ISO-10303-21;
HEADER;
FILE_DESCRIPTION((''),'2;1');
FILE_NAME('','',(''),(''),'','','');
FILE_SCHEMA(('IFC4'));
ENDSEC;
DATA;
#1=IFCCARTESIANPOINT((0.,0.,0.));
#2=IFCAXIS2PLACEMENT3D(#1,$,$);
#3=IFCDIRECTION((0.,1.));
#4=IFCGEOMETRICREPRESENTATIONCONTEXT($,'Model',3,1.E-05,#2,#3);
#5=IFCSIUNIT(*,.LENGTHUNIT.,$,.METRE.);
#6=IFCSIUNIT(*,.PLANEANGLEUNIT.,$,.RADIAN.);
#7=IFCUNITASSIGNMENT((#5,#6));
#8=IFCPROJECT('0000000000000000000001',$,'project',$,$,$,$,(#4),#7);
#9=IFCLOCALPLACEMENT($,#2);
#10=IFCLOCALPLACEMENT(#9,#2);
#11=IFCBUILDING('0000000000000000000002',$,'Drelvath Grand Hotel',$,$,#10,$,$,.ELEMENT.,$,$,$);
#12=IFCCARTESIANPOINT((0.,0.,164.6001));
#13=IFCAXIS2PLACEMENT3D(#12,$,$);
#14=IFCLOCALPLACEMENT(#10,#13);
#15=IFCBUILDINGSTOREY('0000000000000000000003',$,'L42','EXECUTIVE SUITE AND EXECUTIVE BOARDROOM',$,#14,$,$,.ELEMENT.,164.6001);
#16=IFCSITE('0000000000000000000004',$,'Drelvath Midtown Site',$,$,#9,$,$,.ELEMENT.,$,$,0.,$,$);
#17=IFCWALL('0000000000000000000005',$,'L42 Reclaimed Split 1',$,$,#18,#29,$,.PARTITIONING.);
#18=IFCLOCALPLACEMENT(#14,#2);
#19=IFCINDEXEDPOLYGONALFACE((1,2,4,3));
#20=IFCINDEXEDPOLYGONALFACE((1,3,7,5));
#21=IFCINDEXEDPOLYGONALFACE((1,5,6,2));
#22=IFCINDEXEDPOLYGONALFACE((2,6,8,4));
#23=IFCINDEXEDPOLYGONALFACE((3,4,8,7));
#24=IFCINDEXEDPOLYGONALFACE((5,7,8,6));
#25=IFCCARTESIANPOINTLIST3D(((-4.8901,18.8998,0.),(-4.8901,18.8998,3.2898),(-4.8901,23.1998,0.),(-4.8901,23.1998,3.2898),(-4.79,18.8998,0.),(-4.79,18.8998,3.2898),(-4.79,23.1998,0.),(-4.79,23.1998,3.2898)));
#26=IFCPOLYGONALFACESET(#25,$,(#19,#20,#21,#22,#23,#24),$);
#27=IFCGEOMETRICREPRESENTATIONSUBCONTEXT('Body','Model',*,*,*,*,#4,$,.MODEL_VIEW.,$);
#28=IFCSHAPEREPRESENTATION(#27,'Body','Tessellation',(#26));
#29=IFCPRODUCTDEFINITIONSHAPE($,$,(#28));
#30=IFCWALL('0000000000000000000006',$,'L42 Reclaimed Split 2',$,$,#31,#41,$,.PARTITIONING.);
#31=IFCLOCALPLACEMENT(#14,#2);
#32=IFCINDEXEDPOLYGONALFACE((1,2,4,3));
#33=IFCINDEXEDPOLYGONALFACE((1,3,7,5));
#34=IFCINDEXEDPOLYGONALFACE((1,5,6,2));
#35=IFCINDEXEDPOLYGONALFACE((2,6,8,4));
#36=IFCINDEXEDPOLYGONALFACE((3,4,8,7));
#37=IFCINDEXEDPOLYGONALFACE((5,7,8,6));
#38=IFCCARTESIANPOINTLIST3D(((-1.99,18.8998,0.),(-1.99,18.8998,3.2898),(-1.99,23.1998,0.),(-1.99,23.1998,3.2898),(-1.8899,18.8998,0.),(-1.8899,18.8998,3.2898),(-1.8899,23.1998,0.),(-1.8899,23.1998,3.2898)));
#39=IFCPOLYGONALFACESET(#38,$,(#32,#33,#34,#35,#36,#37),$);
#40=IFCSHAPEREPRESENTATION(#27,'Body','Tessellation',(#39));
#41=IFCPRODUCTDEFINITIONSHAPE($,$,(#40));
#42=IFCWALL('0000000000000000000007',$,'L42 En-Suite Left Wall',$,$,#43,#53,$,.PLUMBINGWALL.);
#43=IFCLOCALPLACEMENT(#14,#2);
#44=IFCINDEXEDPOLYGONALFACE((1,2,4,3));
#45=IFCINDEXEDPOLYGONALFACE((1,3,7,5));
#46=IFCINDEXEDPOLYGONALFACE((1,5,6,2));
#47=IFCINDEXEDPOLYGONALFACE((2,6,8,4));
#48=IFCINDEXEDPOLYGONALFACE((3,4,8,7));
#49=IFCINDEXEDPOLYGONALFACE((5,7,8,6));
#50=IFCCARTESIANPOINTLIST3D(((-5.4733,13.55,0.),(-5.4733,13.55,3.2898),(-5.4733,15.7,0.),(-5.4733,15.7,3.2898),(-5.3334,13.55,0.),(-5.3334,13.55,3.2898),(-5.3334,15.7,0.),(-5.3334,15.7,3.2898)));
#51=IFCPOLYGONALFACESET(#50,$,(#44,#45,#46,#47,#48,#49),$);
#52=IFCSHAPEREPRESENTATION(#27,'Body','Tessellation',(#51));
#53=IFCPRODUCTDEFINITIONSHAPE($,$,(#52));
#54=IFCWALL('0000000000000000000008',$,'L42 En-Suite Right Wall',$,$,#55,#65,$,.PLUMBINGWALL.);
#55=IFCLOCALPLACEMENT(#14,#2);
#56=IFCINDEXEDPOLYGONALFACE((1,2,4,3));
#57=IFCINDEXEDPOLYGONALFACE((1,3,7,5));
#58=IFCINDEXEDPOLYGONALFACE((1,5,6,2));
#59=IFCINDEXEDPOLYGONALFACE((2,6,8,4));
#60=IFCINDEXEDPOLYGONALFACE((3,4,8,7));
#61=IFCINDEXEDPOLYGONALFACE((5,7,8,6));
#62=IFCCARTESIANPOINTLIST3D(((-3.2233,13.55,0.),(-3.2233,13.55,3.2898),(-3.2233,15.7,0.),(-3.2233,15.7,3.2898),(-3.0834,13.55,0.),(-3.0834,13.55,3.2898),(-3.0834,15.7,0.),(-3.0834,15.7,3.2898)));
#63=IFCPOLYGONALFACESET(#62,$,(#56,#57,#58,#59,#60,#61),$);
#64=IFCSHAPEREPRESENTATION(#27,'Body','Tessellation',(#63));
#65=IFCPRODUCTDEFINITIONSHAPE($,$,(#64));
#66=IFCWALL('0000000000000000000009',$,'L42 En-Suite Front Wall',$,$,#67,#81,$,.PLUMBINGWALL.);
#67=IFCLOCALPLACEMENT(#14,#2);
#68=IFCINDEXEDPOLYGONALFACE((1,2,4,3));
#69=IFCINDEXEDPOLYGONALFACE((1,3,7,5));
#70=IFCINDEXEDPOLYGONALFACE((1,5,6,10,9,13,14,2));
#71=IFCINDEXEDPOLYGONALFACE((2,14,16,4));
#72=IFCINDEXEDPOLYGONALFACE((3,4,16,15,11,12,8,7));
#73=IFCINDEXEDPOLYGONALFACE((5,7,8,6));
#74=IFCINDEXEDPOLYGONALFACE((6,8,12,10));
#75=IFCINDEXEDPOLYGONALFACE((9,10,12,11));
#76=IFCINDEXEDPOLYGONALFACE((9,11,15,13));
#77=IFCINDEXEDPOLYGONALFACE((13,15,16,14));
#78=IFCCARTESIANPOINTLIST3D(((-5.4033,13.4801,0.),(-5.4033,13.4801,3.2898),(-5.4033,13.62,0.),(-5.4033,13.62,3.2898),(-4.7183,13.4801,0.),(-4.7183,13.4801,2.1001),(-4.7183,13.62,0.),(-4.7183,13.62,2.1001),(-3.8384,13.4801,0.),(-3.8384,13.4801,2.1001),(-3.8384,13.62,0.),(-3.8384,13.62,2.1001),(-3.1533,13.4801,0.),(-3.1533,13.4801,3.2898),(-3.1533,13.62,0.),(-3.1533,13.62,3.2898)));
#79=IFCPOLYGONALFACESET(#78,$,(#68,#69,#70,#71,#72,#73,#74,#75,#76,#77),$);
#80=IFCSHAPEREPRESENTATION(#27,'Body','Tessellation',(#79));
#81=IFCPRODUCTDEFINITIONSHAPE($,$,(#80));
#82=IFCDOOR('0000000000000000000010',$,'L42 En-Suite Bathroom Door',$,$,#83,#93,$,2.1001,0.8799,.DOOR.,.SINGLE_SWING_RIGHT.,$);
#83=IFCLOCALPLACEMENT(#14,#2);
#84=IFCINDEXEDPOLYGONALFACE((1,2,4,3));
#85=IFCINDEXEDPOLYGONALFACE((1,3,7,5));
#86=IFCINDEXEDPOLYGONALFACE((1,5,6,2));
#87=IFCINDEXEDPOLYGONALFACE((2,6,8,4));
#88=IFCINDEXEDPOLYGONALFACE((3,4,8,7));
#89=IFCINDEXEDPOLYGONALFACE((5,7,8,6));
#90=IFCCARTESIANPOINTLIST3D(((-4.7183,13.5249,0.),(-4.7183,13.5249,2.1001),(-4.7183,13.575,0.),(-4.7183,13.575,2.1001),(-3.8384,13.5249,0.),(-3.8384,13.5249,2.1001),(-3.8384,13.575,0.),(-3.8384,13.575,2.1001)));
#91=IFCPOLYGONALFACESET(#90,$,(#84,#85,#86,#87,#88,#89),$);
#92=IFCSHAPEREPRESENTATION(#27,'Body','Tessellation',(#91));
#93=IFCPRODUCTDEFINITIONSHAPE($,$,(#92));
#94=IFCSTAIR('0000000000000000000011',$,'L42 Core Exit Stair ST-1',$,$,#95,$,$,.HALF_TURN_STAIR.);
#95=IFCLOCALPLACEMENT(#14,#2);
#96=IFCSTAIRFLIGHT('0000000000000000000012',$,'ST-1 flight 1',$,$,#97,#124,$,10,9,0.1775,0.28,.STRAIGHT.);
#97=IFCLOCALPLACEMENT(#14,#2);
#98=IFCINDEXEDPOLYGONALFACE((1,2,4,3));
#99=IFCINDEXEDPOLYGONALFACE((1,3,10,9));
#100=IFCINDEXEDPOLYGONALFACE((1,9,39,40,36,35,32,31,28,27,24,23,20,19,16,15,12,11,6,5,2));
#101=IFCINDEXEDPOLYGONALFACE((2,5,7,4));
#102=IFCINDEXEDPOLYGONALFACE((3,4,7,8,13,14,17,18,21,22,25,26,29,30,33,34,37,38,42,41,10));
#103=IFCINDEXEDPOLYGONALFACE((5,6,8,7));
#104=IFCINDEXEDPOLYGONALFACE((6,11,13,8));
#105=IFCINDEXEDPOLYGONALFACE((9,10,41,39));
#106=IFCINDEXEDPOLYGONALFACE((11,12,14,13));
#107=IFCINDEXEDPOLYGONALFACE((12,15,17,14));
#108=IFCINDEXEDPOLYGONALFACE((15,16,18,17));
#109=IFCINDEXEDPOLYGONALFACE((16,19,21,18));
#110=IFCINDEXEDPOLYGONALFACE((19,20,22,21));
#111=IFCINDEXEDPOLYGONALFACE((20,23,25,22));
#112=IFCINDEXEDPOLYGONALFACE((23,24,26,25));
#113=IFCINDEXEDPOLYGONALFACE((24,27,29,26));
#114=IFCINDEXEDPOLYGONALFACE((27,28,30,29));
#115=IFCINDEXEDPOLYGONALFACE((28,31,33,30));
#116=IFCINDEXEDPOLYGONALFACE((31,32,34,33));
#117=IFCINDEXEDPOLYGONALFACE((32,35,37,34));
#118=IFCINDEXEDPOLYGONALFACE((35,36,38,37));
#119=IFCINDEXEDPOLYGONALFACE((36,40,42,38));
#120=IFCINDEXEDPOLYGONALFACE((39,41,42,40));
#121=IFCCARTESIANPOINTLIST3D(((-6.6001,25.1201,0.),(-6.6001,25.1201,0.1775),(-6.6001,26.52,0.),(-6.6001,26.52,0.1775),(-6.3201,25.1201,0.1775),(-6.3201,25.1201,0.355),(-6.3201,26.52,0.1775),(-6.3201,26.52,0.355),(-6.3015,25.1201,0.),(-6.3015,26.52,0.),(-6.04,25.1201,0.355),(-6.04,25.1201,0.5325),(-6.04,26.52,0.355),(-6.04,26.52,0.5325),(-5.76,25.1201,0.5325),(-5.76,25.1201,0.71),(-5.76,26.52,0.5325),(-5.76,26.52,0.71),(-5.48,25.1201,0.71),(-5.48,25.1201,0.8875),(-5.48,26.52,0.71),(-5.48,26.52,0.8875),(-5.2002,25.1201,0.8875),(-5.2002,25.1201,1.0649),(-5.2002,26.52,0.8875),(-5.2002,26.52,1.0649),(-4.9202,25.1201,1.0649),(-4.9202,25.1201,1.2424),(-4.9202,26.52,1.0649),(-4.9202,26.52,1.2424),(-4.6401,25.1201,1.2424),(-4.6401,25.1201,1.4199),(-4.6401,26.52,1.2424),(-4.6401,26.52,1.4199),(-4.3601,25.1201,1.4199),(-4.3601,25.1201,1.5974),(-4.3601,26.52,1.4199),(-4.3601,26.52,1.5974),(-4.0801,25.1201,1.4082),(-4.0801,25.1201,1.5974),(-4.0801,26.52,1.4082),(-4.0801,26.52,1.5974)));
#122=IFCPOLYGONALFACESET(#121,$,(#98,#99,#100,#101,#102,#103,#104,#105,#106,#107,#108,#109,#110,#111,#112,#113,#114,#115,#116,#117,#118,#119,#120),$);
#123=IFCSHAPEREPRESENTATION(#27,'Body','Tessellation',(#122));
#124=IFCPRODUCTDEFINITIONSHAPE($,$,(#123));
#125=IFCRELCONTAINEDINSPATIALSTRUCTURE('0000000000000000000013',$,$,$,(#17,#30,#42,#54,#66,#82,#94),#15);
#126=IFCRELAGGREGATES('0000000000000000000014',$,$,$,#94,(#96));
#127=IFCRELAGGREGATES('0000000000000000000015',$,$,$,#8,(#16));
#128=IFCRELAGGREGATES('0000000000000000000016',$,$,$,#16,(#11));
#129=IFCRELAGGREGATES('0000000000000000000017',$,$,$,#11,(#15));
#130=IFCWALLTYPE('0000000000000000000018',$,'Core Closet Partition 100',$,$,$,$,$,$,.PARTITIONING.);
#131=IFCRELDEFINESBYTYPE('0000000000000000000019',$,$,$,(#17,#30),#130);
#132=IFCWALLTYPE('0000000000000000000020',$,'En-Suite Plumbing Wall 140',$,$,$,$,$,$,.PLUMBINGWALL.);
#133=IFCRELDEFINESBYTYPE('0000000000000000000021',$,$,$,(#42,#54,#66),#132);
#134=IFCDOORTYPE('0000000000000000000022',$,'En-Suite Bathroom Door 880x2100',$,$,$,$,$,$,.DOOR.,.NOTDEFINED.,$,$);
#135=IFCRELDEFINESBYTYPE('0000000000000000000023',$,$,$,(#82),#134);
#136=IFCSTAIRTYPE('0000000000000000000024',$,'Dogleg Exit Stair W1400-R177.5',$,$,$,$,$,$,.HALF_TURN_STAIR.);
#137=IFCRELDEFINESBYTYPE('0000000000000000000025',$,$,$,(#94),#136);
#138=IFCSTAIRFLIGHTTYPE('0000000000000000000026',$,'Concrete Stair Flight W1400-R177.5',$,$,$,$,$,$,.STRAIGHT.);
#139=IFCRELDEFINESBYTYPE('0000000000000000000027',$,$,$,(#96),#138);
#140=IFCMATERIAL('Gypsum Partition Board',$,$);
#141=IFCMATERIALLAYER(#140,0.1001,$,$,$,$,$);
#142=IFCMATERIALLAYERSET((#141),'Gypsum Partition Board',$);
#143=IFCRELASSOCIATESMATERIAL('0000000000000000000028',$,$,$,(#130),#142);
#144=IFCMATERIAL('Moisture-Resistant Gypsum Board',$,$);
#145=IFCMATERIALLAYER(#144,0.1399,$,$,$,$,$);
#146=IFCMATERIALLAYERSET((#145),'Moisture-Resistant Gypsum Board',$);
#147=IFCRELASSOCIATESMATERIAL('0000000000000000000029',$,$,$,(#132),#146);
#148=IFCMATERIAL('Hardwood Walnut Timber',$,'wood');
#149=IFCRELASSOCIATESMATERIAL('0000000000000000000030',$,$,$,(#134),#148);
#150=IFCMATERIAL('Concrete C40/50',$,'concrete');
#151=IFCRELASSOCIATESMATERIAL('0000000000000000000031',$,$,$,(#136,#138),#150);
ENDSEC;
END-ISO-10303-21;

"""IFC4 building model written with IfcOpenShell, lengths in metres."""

from ifc_helpers import new_model, si_unit, direction, frame, frame_2d, origin, place, context, subcontext, project, spatial, polyline, rectangle, outline, extrude, material, layer, layer_set, type_object, element, fill, aggregate, save


model = new_model("IFC4")

# Units and contexts
model_context = context("Model", 3, precision=1e-05, world=origin(), true_north=direction((0.0, 1.0)))
body_context = subcontext(model_context, "Body", "Model", "MODEL_VIEW")
ifc_project = project(units=[si_unit("LENGTHUNIT", "METRE"), si_unit("PLANEANGLEUNIT", "RADIAN")], contexts=[model_context])

# Site, building, storey
site_placement = place(None, origin())
site = spatial("IfcSite", under=ifc_project, at=site_placement, Name="Drelvath Midtown Site", CompositionType="ELEMENT", RefElevation=0.0)
building_placement = place(site_placement, origin())
building = spatial("IfcBuilding", under=site, at=building_placement, Name="Drelvath Grand Hotel", CompositionType="ELEMENT")
storey_placement = place(building_placement, frame((0.0, 0.0, 164.6001)))
storey = spatial("IfcBuildingStorey", under=building, at=storey_placement, Name="L42", Description="EXECUTIVE SUITE AND EXECUTIVE BOARDROOM", CompositionType="ELEMENT", Elevation=164.6001)

# Walls
ifc_material_1 = material(Name="Gypsum Partition Board")
ifc_layer_1 = layer(ifc_material_1, 0.1001)
ifc_layer_set_1 = layer_set([ifc_layer_1], Name="Gypsum Partition Board")
wall_type_1 = type_object("IfcWallType", Name="Core Closet Partition 100", PredefinedType="PARTITIONING", material=ifc_layer_set_1)
for number, where, z_axis, x_axis, name in (
    (1, (-4.8401, 18.8999, 0.0), (0.0, 0.0, 1.0), (0.0, 1.0, 0.0), "L42 Reclaimed Split 1"),
    (2, (-1.9399, 18.8999, 0.0), (0.0, 0.0, 1.0), (0.0, 1.0, 0.0), "L42 Reclaimed Split 2"),
):
    element("IfcWall", number, at=place(storey_placement, frame(where, z_axis=z_axis, x_axis=x_axis)), inside=storey, type_object=wall_type_1, Name=name, PredefinedType="PARTITIONING", context=body_context, shape_type="SweptSolid", body=[
        extrude(rectangle(XDim=4.3, YDim=0.1001, at=frame_2d((2.1499, 0.0))), origin(), (0.0, 0.0, 1.0), 3.2898),
    ])
ifc_material_2 = material(Name="Moisture-Resistant Gypsum Board")
ifc_layer_2 = layer(ifc_material_2, 0.1399)
ifc_layer_set_2 = layer_set([ifc_layer_2], Name="Moisture-Resistant Gypsum Board")
wall_type_2 = type_object("IfcWallType", Name="En-Suite Plumbing Wall 140", PredefinedType="PLUMBINGWALL", material=ifc_layer_set_2)
for number, where, z_axis, x_axis, name in (
    (3, (-5.4033, 15.7, 0.0), (0.0, 0.0, 1.0), (0.0, -1.0, 0.0), "L42 En-Suite Left Wall"),
    (4, (-3.1533, 15.7, 0.0), (0.0, 0.0, 1.0), (0.0, -1.0, 0.0), "L42 En-Suite Right Wall"),
):
    element("IfcWall", number, at=place(storey_placement, frame(where, z_axis=z_axis, x_axis=x_axis)), inside=storey, type_object=wall_type_2, Name=name, PredefinedType="PLUMBINGWALL", context=body_context, shape_type="SweptSolid", body=[
        extrude(rectangle(XDim=2.1499, YDim=0.1399, at=frame_2d((1.075, 0.0))), origin(), (0.0, 0.0, 1.0), 3.2898),
    ])

# Wall, opening, door
wall_placement = place(storey_placement, frame((-5.4033, 13.55, 0.0), z_axis=(0.0, 0.0, 1.0), x_axis=(1.0, 0.0, 0.0)))
wall = element("IfcWall", 5, at=wall_placement, inside=storey, type_object=wall_type_2, Name="L42 En-Suite Front Wall", PredefinedType="PLUMBINGWALL", context=body_context, shape_type="SweptSolid", body=[
    extrude(rectangle(XDim=2.25, YDim=0.1399, at=frame_2d((1.125, 0.0))), origin(), (0.0, 0.0, 1.0), 3.2898),
])
opening_placement = place(wall_placement, frame((0.6851, 0.0, 0.0)))
opening = element("IfcOpeningElement", 6, at=opening_placement, cuts=wall, PredefinedType="OPENING", context=body_context, shape_type="SweptSolid", body=[
    extrude(rectangle(XDim=0.8799, YDim=2.1001, at=frame_2d((0.4399, 1.05))), frame((0.0, 0.0798, 0.0), z_axis=(0.0, -1.0, 0.0), x_axis=(1.0, 0.0, 0.0)), (0.0, 0.0, 1.0), 0.1599),
])
ifc_material_3 = material(Name="Hardwood Walnut Timber", Category="wood")
door_type = type_object("IfcDoorType", Name="En-Suite Bathroom Door 880x2100", OperationType="NOTDEFINED", PredefinedType="DOOR", material=ifc_material_3)
door_placement = place(opening_placement, origin())
door = element("IfcDoor", 7, at=door_placement, inside=storey, type_object=door_type, Name="L42 En-Suite Bathroom Door", OperationType="SINGLE_SWING_RIGHT", OverallHeight=2.1001, OverallWidth=0.8799, PredefinedType="DOOR", context=body_context, shape_type="SweptSolid", body=[
    extrude(rectangle(XDim=0.8799, YDim=2.1001, at=frame_2d((0.4399, 1.05))), frame((0.0, 0.0249, 0.0), z_axis=(0.0, -1.0, 0.0), x_axis=(1.0, 0.0, 0.0)), (0.0, 0.0, 1.0), 0.05),
])
fill(opening, door)

# Stair, stair flight
ifc_material_4 = material(Name="Concrete C40/50", Category="concrete")
stair_type = type_object("IfcStairType", Name="Dogleg Exit Stair W1400-R177.5", PredefinedType="HALF_TURN_STAIR", material=ifc_material_4)
stair_placement = place(storey_placement, origin())
stair = element("IfcStair", 8, at=stair_placement, inside=storey, type_object=stair_type, Name="L42 Core Exit Stair ST-1", PredefinedType="HALF_TURN_STAIR")
stair_flight_type = type_object("IfcStairFlightType", Name="Concrete Stair Flight W1400-R177.5", PredefinedType="STRAIGHT", material=ifc_material_4)
stair_flight_placement = place(storey_placement, frame((-6.6001, 25.8201, 0.0), z_axis=(0.0, 0.0, 1.0), x_axis=(1.0, 0.0, 0.0)))
stair_flight = element("IfcStairFlight", 9, at=stair_flight_placement, type_object=stair_flight_type, Name="ST-1 flight 1", NumberOfRisers=10, NumberOfTreads=9, PredefinedType="STRAIGHT", RiserHeight=0.1775, TreadLength=0.28, context=body_context, shape_type="SweptSolid", body=[
    extrude(outline(polyline([(0.0, 0.0), (0.0, 0.1775), (0.28, 0.1775), (0.28, 0.355), (0.5601, 0.355), (0.5601, 0.5325), (0.8401, 0.5325), (0.8401, 0.71), (1.1201, 0.71), (1.1201, 0.8875), (1.3999, 0.8875), (1.3999, 1.0649), (1.6799, 1.0649), (1.6799, 1.2424), (1.96, 1.2424), (1.96, 1.4199), (2.24, 1.4199), (2.24, 1.5974), (2.52, 1.5974), (2.52, 1.7749), (2.52, 1.4082), (0.2986, 0.0), (0.0, 0.0)])), frame((0.0, 0.7, 0.0), z_axis=(0.0, -1.0, 0.0), x_axis=(1.0, 0.0, 0.0)), (0.0, 0.0, 1.0), 1.3999),
])
aggregate(stair, [stair_flight])

save(model, "model.ifc")
